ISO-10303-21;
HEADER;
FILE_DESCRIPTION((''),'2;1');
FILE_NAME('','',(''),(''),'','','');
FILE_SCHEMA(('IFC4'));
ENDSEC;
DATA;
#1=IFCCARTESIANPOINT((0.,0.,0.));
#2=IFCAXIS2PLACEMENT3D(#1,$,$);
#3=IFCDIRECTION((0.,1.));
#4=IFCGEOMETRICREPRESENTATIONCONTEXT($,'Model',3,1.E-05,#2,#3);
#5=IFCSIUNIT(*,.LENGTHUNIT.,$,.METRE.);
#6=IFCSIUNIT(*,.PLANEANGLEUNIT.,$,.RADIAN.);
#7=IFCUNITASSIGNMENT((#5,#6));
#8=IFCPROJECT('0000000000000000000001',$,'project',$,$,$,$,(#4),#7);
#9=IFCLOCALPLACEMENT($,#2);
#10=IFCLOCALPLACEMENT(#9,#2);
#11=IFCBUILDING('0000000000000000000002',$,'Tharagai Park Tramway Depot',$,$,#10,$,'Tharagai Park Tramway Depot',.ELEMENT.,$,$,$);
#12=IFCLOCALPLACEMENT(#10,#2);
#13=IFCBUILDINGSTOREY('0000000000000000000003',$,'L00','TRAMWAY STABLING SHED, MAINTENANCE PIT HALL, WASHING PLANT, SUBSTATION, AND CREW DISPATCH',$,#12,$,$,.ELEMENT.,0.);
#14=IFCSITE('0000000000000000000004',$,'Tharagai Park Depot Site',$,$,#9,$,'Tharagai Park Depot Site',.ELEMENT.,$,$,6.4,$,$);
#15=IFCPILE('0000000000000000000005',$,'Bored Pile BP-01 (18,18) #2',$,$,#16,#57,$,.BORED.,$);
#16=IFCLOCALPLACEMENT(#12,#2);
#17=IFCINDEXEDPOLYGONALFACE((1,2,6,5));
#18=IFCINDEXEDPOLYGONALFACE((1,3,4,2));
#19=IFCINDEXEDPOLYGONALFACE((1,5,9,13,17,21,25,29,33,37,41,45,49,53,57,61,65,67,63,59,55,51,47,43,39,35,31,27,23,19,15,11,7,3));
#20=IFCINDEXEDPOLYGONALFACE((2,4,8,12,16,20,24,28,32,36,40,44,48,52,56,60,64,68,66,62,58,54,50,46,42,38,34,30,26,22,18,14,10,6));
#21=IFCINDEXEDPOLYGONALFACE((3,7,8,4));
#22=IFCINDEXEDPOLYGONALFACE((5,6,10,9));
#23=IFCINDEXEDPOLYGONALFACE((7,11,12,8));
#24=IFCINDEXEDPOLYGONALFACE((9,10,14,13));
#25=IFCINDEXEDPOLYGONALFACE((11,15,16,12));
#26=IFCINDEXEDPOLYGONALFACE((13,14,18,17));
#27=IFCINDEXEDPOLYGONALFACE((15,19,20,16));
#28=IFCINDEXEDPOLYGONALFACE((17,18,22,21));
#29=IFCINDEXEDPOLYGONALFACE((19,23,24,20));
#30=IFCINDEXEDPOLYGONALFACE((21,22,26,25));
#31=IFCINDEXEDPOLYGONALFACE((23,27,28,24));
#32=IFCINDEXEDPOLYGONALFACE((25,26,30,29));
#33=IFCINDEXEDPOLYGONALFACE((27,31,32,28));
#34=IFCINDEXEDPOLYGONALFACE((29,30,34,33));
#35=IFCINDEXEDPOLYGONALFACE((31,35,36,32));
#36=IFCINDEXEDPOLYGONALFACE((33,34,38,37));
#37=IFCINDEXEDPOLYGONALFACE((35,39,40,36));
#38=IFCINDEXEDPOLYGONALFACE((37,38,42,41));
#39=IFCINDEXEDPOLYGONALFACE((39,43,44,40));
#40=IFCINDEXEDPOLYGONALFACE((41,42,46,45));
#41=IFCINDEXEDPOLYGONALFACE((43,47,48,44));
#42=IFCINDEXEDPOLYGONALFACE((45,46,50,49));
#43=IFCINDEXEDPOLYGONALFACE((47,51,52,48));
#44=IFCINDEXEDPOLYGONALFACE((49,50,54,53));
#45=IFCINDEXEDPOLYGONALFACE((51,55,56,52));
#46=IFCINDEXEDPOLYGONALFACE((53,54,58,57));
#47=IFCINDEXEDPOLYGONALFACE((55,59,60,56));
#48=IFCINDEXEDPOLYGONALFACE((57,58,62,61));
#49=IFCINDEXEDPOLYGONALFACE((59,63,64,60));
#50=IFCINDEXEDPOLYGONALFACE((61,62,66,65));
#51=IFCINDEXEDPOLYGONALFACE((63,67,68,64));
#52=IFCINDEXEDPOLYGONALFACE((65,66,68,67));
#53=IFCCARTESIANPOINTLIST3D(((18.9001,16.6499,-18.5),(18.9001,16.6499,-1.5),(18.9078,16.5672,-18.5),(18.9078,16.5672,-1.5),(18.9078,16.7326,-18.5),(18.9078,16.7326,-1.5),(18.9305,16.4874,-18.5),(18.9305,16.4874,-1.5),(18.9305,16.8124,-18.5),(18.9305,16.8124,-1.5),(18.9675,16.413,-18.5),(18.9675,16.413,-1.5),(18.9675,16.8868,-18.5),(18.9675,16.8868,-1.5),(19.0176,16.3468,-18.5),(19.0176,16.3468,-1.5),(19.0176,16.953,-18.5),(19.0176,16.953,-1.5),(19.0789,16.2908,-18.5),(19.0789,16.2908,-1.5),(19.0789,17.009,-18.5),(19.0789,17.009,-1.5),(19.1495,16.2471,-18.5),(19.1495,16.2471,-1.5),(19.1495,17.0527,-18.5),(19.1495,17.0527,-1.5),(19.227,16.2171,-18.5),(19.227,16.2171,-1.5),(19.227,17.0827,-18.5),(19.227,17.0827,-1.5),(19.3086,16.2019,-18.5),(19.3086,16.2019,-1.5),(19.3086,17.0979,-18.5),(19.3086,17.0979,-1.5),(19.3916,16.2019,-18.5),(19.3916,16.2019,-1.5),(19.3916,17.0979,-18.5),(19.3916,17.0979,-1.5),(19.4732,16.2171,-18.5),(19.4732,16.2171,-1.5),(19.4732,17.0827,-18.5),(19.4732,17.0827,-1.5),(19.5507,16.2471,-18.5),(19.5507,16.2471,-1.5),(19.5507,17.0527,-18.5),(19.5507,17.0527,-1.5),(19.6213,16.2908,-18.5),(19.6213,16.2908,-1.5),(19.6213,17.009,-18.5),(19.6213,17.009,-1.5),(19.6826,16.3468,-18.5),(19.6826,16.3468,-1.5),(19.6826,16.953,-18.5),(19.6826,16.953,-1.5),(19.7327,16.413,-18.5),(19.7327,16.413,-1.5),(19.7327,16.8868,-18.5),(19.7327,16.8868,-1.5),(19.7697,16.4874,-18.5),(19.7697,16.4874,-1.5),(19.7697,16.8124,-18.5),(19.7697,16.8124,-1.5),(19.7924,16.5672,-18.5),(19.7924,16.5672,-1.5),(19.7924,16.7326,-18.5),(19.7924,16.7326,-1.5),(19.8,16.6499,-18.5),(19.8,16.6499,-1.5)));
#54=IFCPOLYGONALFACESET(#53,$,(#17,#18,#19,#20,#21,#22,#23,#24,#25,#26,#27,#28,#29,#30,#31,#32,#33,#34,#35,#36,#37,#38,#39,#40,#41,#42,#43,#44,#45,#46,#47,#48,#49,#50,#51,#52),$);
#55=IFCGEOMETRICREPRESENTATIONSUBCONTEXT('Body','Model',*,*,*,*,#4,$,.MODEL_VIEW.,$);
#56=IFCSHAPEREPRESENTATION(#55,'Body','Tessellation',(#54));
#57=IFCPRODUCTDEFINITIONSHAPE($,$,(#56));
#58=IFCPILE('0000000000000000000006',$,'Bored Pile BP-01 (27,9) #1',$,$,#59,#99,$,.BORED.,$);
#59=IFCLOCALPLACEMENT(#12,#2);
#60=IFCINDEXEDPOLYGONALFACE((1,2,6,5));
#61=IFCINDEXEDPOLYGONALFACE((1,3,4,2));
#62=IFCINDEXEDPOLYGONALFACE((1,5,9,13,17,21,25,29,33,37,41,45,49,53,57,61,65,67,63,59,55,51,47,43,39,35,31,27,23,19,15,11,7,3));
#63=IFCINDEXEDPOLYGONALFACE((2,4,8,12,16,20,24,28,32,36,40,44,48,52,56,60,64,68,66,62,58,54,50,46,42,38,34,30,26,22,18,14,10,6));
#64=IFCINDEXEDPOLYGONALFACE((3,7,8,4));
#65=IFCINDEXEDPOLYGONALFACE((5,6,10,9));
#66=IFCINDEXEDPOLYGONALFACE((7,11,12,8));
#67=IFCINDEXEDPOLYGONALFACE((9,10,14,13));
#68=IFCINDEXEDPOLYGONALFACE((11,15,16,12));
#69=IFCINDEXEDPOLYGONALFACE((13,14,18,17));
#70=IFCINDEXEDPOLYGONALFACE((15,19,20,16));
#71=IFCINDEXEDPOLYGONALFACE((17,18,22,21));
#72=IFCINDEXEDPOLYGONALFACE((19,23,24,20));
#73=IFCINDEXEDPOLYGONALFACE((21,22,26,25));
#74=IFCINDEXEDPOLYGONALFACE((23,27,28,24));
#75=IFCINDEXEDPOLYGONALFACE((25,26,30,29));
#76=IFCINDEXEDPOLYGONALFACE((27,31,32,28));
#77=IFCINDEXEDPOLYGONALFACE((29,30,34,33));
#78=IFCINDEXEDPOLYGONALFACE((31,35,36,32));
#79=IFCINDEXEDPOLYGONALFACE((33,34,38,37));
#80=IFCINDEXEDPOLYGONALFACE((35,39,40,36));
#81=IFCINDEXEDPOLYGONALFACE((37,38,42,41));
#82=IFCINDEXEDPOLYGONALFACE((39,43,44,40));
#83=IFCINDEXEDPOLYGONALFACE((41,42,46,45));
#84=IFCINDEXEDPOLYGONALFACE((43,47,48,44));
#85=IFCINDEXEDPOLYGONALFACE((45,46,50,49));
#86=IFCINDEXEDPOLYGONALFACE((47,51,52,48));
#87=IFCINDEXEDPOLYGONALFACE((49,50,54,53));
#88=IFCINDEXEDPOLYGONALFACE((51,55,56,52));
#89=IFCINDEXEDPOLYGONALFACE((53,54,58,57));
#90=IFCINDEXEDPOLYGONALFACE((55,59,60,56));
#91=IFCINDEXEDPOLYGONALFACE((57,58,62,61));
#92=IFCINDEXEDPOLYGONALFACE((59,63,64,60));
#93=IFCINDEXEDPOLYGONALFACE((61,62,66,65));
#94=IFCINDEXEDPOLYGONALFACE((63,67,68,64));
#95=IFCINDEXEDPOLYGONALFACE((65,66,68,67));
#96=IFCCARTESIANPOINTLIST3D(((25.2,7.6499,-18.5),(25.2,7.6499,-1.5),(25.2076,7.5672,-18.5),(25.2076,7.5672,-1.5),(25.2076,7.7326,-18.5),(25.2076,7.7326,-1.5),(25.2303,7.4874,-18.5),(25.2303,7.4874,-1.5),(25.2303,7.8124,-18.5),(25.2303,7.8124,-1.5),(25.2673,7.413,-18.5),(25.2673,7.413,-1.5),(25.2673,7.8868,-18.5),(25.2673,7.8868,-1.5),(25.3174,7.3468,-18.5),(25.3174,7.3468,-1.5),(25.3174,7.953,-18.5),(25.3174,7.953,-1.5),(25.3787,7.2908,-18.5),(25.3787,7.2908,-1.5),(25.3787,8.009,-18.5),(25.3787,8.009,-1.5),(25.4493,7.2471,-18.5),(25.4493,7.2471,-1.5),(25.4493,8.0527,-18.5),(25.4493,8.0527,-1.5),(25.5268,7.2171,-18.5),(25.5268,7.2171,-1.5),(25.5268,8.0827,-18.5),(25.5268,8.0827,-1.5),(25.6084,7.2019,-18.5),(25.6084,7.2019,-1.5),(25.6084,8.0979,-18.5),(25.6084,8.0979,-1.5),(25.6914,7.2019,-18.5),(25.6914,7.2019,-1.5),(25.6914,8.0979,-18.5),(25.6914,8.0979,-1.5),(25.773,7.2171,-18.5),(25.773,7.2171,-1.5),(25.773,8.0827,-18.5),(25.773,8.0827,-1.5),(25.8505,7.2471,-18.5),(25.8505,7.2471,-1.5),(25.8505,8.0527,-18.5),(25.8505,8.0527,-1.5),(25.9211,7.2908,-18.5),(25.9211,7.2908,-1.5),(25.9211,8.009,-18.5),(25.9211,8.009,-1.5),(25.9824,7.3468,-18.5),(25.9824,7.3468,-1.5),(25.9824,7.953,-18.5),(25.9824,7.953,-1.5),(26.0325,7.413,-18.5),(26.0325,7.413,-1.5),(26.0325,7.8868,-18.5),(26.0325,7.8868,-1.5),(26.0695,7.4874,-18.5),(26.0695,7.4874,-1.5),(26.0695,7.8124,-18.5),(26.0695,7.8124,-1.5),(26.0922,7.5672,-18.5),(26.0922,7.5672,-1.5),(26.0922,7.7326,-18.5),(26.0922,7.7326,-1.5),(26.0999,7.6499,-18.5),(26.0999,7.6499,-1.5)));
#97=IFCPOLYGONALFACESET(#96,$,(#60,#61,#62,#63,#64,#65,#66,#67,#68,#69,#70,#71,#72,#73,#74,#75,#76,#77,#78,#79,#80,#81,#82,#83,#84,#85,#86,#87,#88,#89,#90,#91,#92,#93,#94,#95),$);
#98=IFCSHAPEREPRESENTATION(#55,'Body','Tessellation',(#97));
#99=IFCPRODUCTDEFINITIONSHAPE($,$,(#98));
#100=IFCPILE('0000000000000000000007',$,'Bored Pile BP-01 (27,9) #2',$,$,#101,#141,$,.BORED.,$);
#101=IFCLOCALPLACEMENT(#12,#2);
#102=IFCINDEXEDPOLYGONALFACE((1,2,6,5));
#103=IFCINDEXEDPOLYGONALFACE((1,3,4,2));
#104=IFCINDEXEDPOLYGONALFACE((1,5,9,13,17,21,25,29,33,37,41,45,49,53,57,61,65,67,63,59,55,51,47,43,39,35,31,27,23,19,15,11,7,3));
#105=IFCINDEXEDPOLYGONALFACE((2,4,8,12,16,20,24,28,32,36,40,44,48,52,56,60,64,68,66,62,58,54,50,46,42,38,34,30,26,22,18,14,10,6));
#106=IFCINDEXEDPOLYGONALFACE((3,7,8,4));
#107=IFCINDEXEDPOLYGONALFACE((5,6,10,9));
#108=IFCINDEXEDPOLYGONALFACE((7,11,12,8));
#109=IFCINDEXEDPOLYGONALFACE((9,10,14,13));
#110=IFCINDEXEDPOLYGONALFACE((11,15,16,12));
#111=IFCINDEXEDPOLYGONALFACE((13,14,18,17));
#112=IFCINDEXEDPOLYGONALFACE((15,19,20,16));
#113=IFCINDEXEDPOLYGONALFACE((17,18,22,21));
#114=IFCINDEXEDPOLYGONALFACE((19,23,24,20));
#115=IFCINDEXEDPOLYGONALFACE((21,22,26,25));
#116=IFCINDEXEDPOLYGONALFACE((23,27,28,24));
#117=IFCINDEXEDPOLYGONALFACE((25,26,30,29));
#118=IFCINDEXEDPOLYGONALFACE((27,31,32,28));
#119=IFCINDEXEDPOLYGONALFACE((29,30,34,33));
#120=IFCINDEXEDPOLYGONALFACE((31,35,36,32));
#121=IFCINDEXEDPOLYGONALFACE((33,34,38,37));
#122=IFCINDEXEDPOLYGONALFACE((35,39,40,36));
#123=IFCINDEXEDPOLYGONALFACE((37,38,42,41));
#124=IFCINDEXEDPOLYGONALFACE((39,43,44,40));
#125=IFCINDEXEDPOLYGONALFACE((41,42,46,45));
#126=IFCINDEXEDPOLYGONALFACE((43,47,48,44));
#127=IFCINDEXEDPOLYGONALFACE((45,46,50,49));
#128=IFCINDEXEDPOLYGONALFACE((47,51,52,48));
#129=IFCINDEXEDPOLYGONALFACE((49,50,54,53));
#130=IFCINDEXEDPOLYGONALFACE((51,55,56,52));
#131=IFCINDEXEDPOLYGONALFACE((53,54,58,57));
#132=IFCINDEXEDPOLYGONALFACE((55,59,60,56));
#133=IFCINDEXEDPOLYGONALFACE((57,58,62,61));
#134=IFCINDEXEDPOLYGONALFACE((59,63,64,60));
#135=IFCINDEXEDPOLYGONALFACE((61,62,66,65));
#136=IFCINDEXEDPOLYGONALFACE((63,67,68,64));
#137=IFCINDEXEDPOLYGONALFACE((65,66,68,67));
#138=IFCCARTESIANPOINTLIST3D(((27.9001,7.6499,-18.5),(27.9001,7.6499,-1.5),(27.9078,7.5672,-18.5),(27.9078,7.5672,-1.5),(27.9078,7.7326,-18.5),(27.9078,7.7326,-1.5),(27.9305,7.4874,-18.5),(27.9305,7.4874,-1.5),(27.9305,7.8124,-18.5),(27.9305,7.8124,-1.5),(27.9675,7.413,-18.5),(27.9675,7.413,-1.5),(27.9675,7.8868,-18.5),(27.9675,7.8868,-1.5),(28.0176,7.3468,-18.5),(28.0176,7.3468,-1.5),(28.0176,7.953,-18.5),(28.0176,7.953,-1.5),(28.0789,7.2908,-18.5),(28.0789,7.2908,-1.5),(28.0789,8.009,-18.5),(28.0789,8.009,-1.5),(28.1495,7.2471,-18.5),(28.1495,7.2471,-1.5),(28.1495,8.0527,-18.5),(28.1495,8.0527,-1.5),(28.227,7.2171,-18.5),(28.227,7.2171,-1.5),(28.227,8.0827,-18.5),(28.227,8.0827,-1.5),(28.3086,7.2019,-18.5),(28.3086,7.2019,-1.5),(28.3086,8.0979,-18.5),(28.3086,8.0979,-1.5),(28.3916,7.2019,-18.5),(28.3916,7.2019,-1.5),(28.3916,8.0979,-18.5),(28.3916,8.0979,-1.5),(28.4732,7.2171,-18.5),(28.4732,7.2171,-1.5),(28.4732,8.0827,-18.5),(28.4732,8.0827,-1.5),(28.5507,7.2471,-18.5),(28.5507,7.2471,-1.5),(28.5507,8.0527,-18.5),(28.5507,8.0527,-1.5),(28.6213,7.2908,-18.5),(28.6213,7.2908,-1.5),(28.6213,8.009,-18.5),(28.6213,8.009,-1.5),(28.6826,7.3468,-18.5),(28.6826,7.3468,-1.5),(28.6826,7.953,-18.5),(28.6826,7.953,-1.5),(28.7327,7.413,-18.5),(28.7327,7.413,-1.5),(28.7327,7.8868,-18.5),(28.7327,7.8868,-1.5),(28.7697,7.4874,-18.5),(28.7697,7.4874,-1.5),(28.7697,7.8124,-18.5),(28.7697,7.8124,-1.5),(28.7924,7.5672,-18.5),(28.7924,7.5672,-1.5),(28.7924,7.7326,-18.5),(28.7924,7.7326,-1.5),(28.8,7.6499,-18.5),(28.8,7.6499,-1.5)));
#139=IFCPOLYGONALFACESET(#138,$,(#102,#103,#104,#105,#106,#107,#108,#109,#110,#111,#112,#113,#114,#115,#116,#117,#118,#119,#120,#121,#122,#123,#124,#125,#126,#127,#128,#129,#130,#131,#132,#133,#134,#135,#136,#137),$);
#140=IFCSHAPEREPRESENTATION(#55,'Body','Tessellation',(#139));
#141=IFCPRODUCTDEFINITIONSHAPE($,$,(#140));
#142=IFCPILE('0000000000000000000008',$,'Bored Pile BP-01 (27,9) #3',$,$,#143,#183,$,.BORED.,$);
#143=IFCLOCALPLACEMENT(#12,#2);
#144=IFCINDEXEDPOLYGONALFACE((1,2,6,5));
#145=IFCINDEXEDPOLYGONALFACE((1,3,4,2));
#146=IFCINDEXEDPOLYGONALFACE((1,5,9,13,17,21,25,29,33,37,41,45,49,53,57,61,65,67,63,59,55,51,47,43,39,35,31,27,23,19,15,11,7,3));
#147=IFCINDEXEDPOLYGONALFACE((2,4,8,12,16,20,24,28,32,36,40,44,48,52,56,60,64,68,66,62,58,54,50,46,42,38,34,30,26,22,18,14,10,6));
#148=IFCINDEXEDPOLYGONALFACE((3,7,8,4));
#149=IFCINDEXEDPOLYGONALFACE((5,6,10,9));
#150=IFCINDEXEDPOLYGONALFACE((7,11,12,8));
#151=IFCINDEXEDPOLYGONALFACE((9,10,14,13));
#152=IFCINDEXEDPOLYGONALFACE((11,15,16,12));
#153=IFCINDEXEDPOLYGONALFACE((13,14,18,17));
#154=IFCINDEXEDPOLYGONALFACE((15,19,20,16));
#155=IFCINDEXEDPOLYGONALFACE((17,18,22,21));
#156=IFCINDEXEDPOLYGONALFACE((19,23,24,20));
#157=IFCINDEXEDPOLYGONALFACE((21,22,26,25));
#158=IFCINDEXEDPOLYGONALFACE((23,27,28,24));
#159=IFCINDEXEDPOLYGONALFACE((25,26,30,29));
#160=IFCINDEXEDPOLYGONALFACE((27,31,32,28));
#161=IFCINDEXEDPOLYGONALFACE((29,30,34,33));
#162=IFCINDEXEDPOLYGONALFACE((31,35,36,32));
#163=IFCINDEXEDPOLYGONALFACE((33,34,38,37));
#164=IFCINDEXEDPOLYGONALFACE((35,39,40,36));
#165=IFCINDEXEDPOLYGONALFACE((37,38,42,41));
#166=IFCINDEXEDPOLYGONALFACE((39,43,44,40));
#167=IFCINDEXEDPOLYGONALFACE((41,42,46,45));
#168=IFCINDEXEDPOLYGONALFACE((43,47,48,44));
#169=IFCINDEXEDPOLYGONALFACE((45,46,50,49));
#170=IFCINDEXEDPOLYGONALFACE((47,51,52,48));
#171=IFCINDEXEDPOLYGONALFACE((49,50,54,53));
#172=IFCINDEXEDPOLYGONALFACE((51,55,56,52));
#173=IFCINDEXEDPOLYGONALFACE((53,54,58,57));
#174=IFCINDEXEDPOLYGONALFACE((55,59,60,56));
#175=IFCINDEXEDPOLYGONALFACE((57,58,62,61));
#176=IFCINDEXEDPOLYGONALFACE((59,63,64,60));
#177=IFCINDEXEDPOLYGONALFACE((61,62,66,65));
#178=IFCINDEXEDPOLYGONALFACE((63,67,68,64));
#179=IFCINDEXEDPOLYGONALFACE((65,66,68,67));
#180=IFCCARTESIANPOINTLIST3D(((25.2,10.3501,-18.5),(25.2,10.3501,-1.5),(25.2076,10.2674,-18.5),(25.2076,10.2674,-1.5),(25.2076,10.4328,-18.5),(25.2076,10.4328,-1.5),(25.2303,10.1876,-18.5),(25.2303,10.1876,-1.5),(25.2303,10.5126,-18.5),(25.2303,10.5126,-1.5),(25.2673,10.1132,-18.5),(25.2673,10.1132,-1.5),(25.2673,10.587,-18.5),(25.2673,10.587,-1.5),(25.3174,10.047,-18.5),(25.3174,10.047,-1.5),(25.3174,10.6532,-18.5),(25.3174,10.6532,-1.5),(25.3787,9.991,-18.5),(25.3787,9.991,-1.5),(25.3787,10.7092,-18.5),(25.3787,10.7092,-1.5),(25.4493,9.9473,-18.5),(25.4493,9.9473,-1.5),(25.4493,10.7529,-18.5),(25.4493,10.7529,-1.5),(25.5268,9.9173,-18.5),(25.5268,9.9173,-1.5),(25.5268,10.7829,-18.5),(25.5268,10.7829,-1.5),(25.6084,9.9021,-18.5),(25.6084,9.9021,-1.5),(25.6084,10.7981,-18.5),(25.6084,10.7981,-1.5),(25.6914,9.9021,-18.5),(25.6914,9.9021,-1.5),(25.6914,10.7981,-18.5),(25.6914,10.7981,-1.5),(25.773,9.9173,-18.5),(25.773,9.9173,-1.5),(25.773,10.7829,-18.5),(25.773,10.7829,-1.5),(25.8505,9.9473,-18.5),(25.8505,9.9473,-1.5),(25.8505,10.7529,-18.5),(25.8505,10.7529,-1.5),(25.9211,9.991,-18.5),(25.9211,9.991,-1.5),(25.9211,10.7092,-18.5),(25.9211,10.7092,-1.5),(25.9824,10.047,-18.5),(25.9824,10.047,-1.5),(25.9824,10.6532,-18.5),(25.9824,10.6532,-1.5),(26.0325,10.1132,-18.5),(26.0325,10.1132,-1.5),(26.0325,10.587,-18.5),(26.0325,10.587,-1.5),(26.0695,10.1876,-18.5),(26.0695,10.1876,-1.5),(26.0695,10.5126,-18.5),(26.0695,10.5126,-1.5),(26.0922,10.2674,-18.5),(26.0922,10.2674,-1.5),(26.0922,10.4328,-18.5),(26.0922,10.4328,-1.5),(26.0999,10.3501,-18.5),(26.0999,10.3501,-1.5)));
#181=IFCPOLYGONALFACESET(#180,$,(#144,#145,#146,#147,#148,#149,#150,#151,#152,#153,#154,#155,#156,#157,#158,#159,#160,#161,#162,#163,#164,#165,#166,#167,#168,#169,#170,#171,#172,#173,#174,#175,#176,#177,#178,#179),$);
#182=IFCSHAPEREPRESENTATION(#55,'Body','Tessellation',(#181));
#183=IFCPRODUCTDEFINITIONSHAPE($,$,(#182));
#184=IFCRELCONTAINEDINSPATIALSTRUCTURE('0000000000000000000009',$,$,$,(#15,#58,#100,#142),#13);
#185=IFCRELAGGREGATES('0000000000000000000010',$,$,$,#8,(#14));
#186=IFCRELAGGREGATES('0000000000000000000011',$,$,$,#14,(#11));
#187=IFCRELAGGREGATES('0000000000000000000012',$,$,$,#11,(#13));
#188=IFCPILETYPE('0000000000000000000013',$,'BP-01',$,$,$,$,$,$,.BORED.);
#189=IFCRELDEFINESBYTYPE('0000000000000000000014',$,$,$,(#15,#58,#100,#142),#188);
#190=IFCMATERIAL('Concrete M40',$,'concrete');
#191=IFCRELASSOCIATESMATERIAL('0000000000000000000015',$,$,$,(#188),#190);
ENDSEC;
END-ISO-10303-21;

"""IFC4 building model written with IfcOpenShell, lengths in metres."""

from ifc_helpers import new_model, si_unit, direction, frame, origin, origin_2d, place, context, subcontext, project, spatial, circle, extrude, material, material_profile, profile_set, type_object, element, save


model = new_model("IFC4")

# Units and contexts
model_context = context("Model", 3, precision=1e-05, world=origin(), true_north=direction((0.0, 1.0)))
body_context = subcontext(model_context, "Body", "Model", "MODEL_VIEW")
ifc_project = project(units=[si_unit("LENGTHUNIT", "METRE"), si_unit("PLANEANGLEUNIT", "RADIAN")], contexts=[model_context])

# Site, building, storey
site_placement = place(None, origin())
site = spatial("IfcSite", under=ifc_project, at=site_placement, Name="Tharagai Park Depot Site", LongName="Tharagai Park Depot Site", CompositionType="ELEMENT", RefElevation=6.4)
building_placement = place(site_placement, origin())
building = spatial("IfcBuilding", under=site, at=building_placement, Name="Tharagai Park Tramway Depot", LongName="Tharagai Park Tramway Depot", CompositionType="ELEMENT")
storey_placement = place(building_placement, origin())
storey = spatial("IfcBuildingStorey", under=building, at=storey_placement, Name="L00", Description="TRAMWAY STABLING SHED, MAINTENANCE PIT HALL, WASHING PLANT, SUBSTATION, AND CREW DISPATCH", CompositionType="ELEMENT", Elevation=0.0)

# Piles
ifc_material_1 = material(Name="Concrete M40", Category="concrete")
ifc_material_profile_1 = material_profile(ifc_material_1, circle(Radius=0.45, at=origin_2d()), Name="PILE D900")
ifc_profile_set_1 = profile_set([ifc_material_profile_1], Name="Concrete M40")
pile_type = type_object("IfcPileType", Name="BP-01", PredefinedType="BORED", material=ifc_profile_set_1)
for number, where, z_axis, x_axis, name in (
    (1, (19.3501, 16.6499, -1.5), (0.0, 0.0, -1.0), (1.0, 0.0, 0.0), "Bored Pile BP-01 (18,18) #2"),
    (2, (25.6499, 7.6499, -1.5), (0.0, 0.0, -1.0), (1.0, 0.0, 0.0), "Bored Pile BP-01 (27,9) #1"),
    (3, (28.3501, 7.6499, -1.5), (0.0, 0.0, -1.0), (1.0, 0.0, 0.0), "Bored Pile BP-01 (27,9) #2"),
    (4, (25.6499, 10.3501, -1.5), (0.0, 0.0, -1.0), (1.0, 0.0, 0.0), "Bored Pile BP-01 (27,9) #3"),
):
    element("IfcPile", number, at=place(storey_placement, frame(where, z_axis=z_axis, x_axis=x_axis)), inside=storey, type_object=pile_type, Name=name, PredefinedType="BORED", context=body_context, shape_type="SweptSolid", body=[
        extrude(circle(Radius=0.45, at=origin_2d()), origin(), (0.0, 0.0, 1.0), 17.0),
    ])

save(model, "model.ifc")
